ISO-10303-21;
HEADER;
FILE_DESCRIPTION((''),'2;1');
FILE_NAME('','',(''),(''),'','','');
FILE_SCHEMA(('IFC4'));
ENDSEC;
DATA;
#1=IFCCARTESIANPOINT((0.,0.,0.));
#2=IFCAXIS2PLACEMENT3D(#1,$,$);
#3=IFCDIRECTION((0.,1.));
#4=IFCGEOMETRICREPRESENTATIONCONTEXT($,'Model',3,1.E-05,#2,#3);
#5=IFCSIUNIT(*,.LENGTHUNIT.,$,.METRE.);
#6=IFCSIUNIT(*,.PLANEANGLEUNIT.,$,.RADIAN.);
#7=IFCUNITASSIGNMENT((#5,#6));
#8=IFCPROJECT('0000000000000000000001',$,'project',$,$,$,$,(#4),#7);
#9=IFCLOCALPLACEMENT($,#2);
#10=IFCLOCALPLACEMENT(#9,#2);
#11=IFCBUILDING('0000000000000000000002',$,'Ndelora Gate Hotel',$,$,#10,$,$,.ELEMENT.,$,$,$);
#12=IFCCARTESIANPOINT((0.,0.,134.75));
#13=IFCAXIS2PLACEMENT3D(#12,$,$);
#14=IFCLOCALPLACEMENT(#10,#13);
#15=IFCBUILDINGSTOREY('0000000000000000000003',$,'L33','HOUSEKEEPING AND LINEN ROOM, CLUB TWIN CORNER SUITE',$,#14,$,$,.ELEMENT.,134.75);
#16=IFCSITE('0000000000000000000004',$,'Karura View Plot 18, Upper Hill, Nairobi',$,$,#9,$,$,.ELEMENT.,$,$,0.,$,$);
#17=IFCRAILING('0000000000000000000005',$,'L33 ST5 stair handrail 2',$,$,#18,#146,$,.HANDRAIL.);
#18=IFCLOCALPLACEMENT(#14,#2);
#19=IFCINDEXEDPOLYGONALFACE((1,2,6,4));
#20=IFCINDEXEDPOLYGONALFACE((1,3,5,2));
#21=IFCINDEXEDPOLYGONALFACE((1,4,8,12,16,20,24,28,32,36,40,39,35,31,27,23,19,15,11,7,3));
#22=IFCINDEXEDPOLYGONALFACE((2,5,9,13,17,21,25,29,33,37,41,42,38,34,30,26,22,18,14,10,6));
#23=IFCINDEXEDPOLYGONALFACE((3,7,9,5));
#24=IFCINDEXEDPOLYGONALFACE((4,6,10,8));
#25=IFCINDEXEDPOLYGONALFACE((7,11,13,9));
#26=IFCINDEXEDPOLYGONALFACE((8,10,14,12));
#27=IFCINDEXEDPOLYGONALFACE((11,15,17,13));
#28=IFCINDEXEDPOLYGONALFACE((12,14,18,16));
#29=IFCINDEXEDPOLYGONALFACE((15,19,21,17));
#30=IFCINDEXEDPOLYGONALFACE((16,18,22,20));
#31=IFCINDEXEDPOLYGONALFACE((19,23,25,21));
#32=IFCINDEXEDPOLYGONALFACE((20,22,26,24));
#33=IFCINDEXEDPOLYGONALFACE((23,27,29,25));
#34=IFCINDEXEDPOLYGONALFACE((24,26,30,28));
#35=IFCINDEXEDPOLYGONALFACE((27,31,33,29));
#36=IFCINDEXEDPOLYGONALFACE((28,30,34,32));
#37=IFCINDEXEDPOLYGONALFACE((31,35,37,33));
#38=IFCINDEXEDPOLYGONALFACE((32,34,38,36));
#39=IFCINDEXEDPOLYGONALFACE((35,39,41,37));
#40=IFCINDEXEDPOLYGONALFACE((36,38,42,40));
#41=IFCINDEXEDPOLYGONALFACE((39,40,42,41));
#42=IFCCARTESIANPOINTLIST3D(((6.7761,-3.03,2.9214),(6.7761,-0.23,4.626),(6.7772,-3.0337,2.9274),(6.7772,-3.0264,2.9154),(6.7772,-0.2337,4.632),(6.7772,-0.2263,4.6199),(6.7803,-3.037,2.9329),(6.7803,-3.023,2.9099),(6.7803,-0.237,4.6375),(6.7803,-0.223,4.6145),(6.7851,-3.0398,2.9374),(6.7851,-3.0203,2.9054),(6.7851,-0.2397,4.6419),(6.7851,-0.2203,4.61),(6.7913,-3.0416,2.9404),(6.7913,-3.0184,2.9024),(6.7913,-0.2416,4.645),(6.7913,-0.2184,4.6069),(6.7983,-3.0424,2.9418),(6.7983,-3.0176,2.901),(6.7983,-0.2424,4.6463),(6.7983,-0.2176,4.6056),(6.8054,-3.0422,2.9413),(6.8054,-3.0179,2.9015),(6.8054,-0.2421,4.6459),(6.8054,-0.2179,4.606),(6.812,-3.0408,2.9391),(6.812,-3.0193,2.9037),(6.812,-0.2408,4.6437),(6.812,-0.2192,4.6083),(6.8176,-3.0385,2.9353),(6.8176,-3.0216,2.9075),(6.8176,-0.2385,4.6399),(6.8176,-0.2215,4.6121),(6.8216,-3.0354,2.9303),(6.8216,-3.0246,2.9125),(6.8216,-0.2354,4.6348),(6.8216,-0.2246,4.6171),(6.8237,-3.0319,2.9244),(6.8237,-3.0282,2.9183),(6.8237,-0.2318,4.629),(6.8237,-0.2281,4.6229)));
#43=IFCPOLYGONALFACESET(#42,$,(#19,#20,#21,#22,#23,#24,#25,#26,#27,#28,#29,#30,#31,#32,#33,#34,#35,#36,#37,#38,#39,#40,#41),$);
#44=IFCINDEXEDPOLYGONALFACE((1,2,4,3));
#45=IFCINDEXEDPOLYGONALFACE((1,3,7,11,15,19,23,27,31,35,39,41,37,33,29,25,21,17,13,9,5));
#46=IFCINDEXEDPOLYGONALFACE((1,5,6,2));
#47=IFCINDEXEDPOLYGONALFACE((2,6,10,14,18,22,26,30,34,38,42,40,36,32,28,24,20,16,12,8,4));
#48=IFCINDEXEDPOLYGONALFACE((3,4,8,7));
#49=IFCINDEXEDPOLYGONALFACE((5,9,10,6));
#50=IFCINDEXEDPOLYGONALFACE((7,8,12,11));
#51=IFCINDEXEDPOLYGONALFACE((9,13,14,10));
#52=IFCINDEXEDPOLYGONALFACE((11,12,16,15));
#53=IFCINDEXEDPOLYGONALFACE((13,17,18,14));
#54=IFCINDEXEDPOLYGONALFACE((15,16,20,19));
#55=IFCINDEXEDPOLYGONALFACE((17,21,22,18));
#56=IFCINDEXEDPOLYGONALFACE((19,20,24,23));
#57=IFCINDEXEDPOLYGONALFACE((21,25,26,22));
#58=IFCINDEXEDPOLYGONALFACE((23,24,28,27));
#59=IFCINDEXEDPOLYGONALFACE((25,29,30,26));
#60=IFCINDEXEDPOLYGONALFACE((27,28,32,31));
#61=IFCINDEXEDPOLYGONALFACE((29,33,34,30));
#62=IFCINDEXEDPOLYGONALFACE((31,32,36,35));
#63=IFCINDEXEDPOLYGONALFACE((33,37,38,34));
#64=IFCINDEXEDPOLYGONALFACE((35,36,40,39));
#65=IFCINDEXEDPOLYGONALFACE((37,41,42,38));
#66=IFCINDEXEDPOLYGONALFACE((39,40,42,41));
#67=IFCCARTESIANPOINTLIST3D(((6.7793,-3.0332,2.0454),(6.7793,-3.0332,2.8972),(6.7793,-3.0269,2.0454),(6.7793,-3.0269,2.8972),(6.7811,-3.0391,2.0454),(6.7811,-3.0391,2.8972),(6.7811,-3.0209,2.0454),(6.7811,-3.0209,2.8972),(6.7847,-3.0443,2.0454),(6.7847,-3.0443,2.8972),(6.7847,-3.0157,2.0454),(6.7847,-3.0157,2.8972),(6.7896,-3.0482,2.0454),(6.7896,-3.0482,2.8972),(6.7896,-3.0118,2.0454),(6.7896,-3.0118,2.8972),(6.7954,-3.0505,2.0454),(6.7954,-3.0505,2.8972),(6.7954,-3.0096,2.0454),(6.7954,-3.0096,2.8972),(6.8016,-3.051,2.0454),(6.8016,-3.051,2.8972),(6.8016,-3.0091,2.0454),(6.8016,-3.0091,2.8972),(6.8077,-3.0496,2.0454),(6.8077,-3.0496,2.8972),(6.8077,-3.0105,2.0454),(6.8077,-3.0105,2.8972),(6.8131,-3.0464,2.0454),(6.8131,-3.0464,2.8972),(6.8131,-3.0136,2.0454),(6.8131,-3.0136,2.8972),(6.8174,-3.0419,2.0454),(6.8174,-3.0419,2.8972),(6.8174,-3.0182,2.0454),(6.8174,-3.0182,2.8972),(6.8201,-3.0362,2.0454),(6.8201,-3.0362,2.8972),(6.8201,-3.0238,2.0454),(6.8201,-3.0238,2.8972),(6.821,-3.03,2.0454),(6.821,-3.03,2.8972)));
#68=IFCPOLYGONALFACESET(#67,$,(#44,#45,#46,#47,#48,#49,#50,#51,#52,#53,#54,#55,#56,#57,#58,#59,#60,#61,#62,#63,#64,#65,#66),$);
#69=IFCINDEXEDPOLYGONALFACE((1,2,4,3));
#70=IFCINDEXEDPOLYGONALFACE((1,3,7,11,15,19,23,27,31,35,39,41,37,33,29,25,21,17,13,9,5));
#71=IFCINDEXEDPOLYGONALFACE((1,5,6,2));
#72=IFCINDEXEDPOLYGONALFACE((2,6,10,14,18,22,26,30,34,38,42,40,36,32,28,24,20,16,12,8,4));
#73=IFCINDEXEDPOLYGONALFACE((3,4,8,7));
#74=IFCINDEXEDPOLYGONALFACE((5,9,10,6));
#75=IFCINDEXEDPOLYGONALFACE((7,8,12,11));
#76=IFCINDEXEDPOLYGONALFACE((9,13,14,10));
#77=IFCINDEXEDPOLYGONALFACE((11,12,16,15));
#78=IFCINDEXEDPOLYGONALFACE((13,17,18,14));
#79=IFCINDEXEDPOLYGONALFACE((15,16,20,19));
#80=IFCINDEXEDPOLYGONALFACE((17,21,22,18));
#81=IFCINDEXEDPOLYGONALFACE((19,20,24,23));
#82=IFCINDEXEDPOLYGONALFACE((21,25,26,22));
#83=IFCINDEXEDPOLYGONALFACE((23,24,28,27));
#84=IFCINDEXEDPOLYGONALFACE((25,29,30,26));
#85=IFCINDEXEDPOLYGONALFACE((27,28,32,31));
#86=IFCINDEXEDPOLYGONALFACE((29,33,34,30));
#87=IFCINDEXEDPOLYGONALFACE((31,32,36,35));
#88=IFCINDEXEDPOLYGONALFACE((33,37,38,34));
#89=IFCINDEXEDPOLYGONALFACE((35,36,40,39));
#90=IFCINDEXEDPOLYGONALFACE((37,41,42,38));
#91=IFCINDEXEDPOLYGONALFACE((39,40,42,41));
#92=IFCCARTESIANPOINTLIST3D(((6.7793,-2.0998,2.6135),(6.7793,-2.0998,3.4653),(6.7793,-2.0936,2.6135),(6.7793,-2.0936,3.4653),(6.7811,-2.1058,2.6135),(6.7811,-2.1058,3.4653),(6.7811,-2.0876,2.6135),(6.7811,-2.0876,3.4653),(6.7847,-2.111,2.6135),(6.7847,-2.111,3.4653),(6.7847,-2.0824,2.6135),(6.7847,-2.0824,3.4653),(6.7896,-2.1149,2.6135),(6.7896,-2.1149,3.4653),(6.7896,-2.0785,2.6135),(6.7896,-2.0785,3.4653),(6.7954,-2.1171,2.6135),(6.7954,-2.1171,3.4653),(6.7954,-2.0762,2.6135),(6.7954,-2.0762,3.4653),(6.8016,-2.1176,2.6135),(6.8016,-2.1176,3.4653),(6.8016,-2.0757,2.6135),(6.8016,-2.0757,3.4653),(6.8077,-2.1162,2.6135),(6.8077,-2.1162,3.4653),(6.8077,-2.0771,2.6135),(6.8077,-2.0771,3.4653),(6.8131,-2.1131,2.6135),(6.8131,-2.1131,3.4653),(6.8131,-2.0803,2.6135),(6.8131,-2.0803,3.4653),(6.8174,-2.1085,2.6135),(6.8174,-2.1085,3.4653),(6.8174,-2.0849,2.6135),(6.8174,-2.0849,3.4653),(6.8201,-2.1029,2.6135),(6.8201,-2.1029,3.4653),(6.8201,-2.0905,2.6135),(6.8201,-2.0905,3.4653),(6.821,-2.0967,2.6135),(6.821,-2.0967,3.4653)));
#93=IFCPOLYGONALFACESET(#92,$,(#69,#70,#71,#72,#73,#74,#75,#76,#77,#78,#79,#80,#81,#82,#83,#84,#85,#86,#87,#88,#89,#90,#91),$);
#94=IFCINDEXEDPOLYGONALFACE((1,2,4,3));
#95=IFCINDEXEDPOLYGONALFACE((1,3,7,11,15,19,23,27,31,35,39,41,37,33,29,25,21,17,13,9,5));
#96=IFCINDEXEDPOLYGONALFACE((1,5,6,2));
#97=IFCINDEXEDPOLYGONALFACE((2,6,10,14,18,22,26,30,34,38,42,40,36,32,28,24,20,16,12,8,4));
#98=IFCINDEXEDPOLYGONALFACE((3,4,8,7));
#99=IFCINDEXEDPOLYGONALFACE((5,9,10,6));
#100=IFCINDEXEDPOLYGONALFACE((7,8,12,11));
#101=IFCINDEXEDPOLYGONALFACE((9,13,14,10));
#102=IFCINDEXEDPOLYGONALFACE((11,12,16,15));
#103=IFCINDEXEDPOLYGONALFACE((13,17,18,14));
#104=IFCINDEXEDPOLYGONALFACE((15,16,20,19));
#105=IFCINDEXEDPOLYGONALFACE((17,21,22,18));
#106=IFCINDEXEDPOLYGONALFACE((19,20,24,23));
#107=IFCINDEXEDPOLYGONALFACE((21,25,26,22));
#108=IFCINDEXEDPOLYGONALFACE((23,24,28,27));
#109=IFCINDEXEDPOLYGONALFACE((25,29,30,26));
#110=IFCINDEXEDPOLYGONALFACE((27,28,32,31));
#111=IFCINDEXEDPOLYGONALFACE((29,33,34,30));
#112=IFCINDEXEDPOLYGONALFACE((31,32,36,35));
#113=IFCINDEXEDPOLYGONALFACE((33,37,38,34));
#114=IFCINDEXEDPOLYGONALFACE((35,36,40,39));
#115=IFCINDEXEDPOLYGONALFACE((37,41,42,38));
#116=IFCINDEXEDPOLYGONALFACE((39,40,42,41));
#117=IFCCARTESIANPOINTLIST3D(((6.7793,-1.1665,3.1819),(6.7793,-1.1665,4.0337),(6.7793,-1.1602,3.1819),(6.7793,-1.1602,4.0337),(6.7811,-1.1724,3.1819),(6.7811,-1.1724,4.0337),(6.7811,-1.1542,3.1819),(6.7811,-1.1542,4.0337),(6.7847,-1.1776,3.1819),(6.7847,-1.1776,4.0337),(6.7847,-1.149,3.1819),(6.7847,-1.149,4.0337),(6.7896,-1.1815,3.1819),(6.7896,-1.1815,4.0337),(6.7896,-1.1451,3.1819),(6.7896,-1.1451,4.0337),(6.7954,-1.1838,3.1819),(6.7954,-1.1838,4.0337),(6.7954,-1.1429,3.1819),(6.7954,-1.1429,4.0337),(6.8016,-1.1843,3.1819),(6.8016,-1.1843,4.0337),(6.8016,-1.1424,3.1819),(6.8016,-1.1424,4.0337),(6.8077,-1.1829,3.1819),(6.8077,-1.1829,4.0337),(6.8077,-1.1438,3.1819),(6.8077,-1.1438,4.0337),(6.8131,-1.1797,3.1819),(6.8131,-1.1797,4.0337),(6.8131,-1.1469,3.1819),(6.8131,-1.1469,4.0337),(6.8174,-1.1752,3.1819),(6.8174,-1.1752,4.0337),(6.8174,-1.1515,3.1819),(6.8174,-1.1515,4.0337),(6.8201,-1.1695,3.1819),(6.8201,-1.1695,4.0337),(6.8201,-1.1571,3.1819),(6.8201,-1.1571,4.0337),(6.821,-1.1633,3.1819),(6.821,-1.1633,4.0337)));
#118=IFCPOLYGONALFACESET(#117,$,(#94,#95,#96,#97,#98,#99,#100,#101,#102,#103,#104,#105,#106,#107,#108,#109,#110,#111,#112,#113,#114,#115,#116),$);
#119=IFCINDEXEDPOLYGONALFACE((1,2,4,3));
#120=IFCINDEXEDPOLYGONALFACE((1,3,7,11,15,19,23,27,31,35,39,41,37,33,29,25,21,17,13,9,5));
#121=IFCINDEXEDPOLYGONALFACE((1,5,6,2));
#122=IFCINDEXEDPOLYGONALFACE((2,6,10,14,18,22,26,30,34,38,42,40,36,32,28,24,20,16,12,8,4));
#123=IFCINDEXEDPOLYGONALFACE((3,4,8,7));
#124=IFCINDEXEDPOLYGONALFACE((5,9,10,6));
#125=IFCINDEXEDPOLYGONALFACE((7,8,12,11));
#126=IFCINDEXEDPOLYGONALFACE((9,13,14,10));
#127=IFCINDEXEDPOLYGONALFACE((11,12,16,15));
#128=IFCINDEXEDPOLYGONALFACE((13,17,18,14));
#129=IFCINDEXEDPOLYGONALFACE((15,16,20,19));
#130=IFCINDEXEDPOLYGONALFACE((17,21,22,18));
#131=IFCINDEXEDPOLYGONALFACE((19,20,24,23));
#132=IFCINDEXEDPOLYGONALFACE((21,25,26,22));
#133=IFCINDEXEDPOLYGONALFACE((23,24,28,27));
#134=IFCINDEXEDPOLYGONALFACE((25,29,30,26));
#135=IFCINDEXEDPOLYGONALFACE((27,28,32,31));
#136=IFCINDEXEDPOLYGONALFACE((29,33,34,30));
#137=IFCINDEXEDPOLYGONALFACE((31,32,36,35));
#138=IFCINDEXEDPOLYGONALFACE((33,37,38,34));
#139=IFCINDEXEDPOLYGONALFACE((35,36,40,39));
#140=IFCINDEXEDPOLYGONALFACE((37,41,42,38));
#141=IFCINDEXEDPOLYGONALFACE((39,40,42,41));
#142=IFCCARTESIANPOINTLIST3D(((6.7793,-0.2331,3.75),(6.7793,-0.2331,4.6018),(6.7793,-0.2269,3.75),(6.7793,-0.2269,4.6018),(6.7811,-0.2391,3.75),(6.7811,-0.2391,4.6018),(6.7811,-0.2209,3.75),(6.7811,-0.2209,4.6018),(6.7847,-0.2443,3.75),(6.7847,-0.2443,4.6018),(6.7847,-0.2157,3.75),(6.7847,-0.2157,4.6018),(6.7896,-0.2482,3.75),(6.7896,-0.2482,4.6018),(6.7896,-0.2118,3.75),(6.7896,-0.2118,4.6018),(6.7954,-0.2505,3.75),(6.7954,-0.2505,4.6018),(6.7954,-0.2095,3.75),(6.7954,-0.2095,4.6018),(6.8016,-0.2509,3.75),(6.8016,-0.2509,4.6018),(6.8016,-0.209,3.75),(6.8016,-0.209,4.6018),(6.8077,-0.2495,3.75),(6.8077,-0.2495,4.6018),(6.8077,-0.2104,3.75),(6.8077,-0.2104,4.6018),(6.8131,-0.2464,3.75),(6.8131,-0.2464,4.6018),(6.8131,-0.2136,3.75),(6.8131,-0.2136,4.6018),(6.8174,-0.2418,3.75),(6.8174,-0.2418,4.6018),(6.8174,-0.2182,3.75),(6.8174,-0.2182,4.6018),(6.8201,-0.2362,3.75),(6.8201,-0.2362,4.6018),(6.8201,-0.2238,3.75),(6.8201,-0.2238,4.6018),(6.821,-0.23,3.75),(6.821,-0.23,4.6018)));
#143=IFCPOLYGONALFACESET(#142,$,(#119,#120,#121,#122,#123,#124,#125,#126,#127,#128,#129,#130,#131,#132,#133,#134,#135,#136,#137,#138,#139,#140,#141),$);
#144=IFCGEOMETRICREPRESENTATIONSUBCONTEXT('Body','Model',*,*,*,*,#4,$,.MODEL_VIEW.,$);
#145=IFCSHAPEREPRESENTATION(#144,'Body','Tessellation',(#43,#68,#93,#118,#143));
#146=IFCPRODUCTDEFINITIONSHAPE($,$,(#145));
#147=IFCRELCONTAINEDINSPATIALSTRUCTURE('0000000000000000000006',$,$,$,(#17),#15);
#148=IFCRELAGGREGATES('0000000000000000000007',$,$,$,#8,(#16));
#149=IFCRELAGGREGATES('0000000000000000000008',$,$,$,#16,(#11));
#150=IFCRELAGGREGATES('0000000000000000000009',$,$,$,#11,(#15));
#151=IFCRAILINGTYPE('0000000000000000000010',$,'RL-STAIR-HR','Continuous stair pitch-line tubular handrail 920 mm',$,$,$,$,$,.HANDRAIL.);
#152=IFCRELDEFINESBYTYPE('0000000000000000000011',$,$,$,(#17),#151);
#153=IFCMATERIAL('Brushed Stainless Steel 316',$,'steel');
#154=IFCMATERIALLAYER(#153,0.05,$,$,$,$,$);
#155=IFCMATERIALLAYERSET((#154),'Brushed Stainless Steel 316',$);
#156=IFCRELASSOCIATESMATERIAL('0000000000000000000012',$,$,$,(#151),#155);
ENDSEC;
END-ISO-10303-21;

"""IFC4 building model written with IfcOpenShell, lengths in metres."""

from ifc_helpers import new_model, si_unit, direction, frame, origin, origin_2d, place, context, subcontext, project, spatial, circle, extrude, material, layer, layer_set, type_object, element, save


model = new_model("IFC4")

# Units and contexts
model_context = context("Model", 3, precision=1e-05, world=origin(), true_north=direction((0.0, 1.0)))
body_context = subcontext(model_context, "Body", "Model", "MODEL_VIEW")
ifc_project = project(units=[si_unit("LENGTHUNIT", "METRE"), si_unit("PLANEANGLEUNIT", "RADIAN")], contexts=[model_context])

# Site, building, storey
site_placement = place(None, origin())
site = spatial("IfcSite", under=ifc_project, at=site_placement, Name="Karura View Plot 18, Upper Hill, Nairobi", CompositionType="ELEMENT", RefElevation=0.0)
building_placement = place(site_placement, origin())
building = spatial("IfcBuilding", under=site, at=building_placement, Name="Ndelora Gate Hotel", CompositionType="ELEMENT")
storey_placement = place(building_placement, frame((0.0, 0.0, 134.75)))
storey = spatial("IfcBuildingStorey", under=building, at=storey_placement, Name="L33", Description="HOUSEKEEPING AND LINEN ROOM, CLUB TWIN CORNER SUITE", CompositionType="ELEMENT", Elevation=134.75)

# Railing
ifc_material_1 = material(Name="Brushed Stainless Steel 316", Category="steel")
ifc_layer_1 = layer(ifc_material_1, 0.05)
ifc_layer_set_1 = layer_set([ifc_layer_1], Name="Brushed Stainless Steel 316")
railing_type_1 = type_object("IfcRailingType", Name="RL-STAIR-HR", Description="Continuous stair pitch-line tubular handrail 920 mm", PredefinedType="HANDRAIL", material=ifc_layer_set_1)
railing_1_placement = place(storey_placement, frame((6.8, -3.03, 2.0454)))
element("IfcRailing", 1, at=railing_1_placement, inside=storey, type_object=railing_type_1, Name="L33 ST5 stair handrail 2", PredefinedType="HANDRAIL", context=body_context, shape_type="SweptSolid", body=[
    extrude(circle(Radius=0.0239, at=origin_2d()), frame((0.0, 0.0, 0.876), z_axis=(0.0, 0.85417, 0.519994), x_axis=(-1.0, 0.0, 0.0)), (0.0, 0.0, 1.0), 3.2781),
    extrude(circle(Radius=0.021, at=origin_2d()), origin(), (0.0, 0.0, 1.0), 0.8518),
    extrude(circle(Radius=0.021, at=origin_2d()), frame((0.0, 0.9333, 0.5681)), (0.0, 0.0, 1.0), 0.8518),
    extrude(circle(Radius=0.021, at=origin_2d()), frame((0.0, 1.8667, 1.1365)), (0.0, 0.0, 1.0), 0.8518),
    extrude(circle(Radius=0.021, at=origin_2d()), frame((0.0, 2.8, 1.7046)), (0.0, 0.0, 1.0), 0.8518),
])

save(model, "model.ifc")
